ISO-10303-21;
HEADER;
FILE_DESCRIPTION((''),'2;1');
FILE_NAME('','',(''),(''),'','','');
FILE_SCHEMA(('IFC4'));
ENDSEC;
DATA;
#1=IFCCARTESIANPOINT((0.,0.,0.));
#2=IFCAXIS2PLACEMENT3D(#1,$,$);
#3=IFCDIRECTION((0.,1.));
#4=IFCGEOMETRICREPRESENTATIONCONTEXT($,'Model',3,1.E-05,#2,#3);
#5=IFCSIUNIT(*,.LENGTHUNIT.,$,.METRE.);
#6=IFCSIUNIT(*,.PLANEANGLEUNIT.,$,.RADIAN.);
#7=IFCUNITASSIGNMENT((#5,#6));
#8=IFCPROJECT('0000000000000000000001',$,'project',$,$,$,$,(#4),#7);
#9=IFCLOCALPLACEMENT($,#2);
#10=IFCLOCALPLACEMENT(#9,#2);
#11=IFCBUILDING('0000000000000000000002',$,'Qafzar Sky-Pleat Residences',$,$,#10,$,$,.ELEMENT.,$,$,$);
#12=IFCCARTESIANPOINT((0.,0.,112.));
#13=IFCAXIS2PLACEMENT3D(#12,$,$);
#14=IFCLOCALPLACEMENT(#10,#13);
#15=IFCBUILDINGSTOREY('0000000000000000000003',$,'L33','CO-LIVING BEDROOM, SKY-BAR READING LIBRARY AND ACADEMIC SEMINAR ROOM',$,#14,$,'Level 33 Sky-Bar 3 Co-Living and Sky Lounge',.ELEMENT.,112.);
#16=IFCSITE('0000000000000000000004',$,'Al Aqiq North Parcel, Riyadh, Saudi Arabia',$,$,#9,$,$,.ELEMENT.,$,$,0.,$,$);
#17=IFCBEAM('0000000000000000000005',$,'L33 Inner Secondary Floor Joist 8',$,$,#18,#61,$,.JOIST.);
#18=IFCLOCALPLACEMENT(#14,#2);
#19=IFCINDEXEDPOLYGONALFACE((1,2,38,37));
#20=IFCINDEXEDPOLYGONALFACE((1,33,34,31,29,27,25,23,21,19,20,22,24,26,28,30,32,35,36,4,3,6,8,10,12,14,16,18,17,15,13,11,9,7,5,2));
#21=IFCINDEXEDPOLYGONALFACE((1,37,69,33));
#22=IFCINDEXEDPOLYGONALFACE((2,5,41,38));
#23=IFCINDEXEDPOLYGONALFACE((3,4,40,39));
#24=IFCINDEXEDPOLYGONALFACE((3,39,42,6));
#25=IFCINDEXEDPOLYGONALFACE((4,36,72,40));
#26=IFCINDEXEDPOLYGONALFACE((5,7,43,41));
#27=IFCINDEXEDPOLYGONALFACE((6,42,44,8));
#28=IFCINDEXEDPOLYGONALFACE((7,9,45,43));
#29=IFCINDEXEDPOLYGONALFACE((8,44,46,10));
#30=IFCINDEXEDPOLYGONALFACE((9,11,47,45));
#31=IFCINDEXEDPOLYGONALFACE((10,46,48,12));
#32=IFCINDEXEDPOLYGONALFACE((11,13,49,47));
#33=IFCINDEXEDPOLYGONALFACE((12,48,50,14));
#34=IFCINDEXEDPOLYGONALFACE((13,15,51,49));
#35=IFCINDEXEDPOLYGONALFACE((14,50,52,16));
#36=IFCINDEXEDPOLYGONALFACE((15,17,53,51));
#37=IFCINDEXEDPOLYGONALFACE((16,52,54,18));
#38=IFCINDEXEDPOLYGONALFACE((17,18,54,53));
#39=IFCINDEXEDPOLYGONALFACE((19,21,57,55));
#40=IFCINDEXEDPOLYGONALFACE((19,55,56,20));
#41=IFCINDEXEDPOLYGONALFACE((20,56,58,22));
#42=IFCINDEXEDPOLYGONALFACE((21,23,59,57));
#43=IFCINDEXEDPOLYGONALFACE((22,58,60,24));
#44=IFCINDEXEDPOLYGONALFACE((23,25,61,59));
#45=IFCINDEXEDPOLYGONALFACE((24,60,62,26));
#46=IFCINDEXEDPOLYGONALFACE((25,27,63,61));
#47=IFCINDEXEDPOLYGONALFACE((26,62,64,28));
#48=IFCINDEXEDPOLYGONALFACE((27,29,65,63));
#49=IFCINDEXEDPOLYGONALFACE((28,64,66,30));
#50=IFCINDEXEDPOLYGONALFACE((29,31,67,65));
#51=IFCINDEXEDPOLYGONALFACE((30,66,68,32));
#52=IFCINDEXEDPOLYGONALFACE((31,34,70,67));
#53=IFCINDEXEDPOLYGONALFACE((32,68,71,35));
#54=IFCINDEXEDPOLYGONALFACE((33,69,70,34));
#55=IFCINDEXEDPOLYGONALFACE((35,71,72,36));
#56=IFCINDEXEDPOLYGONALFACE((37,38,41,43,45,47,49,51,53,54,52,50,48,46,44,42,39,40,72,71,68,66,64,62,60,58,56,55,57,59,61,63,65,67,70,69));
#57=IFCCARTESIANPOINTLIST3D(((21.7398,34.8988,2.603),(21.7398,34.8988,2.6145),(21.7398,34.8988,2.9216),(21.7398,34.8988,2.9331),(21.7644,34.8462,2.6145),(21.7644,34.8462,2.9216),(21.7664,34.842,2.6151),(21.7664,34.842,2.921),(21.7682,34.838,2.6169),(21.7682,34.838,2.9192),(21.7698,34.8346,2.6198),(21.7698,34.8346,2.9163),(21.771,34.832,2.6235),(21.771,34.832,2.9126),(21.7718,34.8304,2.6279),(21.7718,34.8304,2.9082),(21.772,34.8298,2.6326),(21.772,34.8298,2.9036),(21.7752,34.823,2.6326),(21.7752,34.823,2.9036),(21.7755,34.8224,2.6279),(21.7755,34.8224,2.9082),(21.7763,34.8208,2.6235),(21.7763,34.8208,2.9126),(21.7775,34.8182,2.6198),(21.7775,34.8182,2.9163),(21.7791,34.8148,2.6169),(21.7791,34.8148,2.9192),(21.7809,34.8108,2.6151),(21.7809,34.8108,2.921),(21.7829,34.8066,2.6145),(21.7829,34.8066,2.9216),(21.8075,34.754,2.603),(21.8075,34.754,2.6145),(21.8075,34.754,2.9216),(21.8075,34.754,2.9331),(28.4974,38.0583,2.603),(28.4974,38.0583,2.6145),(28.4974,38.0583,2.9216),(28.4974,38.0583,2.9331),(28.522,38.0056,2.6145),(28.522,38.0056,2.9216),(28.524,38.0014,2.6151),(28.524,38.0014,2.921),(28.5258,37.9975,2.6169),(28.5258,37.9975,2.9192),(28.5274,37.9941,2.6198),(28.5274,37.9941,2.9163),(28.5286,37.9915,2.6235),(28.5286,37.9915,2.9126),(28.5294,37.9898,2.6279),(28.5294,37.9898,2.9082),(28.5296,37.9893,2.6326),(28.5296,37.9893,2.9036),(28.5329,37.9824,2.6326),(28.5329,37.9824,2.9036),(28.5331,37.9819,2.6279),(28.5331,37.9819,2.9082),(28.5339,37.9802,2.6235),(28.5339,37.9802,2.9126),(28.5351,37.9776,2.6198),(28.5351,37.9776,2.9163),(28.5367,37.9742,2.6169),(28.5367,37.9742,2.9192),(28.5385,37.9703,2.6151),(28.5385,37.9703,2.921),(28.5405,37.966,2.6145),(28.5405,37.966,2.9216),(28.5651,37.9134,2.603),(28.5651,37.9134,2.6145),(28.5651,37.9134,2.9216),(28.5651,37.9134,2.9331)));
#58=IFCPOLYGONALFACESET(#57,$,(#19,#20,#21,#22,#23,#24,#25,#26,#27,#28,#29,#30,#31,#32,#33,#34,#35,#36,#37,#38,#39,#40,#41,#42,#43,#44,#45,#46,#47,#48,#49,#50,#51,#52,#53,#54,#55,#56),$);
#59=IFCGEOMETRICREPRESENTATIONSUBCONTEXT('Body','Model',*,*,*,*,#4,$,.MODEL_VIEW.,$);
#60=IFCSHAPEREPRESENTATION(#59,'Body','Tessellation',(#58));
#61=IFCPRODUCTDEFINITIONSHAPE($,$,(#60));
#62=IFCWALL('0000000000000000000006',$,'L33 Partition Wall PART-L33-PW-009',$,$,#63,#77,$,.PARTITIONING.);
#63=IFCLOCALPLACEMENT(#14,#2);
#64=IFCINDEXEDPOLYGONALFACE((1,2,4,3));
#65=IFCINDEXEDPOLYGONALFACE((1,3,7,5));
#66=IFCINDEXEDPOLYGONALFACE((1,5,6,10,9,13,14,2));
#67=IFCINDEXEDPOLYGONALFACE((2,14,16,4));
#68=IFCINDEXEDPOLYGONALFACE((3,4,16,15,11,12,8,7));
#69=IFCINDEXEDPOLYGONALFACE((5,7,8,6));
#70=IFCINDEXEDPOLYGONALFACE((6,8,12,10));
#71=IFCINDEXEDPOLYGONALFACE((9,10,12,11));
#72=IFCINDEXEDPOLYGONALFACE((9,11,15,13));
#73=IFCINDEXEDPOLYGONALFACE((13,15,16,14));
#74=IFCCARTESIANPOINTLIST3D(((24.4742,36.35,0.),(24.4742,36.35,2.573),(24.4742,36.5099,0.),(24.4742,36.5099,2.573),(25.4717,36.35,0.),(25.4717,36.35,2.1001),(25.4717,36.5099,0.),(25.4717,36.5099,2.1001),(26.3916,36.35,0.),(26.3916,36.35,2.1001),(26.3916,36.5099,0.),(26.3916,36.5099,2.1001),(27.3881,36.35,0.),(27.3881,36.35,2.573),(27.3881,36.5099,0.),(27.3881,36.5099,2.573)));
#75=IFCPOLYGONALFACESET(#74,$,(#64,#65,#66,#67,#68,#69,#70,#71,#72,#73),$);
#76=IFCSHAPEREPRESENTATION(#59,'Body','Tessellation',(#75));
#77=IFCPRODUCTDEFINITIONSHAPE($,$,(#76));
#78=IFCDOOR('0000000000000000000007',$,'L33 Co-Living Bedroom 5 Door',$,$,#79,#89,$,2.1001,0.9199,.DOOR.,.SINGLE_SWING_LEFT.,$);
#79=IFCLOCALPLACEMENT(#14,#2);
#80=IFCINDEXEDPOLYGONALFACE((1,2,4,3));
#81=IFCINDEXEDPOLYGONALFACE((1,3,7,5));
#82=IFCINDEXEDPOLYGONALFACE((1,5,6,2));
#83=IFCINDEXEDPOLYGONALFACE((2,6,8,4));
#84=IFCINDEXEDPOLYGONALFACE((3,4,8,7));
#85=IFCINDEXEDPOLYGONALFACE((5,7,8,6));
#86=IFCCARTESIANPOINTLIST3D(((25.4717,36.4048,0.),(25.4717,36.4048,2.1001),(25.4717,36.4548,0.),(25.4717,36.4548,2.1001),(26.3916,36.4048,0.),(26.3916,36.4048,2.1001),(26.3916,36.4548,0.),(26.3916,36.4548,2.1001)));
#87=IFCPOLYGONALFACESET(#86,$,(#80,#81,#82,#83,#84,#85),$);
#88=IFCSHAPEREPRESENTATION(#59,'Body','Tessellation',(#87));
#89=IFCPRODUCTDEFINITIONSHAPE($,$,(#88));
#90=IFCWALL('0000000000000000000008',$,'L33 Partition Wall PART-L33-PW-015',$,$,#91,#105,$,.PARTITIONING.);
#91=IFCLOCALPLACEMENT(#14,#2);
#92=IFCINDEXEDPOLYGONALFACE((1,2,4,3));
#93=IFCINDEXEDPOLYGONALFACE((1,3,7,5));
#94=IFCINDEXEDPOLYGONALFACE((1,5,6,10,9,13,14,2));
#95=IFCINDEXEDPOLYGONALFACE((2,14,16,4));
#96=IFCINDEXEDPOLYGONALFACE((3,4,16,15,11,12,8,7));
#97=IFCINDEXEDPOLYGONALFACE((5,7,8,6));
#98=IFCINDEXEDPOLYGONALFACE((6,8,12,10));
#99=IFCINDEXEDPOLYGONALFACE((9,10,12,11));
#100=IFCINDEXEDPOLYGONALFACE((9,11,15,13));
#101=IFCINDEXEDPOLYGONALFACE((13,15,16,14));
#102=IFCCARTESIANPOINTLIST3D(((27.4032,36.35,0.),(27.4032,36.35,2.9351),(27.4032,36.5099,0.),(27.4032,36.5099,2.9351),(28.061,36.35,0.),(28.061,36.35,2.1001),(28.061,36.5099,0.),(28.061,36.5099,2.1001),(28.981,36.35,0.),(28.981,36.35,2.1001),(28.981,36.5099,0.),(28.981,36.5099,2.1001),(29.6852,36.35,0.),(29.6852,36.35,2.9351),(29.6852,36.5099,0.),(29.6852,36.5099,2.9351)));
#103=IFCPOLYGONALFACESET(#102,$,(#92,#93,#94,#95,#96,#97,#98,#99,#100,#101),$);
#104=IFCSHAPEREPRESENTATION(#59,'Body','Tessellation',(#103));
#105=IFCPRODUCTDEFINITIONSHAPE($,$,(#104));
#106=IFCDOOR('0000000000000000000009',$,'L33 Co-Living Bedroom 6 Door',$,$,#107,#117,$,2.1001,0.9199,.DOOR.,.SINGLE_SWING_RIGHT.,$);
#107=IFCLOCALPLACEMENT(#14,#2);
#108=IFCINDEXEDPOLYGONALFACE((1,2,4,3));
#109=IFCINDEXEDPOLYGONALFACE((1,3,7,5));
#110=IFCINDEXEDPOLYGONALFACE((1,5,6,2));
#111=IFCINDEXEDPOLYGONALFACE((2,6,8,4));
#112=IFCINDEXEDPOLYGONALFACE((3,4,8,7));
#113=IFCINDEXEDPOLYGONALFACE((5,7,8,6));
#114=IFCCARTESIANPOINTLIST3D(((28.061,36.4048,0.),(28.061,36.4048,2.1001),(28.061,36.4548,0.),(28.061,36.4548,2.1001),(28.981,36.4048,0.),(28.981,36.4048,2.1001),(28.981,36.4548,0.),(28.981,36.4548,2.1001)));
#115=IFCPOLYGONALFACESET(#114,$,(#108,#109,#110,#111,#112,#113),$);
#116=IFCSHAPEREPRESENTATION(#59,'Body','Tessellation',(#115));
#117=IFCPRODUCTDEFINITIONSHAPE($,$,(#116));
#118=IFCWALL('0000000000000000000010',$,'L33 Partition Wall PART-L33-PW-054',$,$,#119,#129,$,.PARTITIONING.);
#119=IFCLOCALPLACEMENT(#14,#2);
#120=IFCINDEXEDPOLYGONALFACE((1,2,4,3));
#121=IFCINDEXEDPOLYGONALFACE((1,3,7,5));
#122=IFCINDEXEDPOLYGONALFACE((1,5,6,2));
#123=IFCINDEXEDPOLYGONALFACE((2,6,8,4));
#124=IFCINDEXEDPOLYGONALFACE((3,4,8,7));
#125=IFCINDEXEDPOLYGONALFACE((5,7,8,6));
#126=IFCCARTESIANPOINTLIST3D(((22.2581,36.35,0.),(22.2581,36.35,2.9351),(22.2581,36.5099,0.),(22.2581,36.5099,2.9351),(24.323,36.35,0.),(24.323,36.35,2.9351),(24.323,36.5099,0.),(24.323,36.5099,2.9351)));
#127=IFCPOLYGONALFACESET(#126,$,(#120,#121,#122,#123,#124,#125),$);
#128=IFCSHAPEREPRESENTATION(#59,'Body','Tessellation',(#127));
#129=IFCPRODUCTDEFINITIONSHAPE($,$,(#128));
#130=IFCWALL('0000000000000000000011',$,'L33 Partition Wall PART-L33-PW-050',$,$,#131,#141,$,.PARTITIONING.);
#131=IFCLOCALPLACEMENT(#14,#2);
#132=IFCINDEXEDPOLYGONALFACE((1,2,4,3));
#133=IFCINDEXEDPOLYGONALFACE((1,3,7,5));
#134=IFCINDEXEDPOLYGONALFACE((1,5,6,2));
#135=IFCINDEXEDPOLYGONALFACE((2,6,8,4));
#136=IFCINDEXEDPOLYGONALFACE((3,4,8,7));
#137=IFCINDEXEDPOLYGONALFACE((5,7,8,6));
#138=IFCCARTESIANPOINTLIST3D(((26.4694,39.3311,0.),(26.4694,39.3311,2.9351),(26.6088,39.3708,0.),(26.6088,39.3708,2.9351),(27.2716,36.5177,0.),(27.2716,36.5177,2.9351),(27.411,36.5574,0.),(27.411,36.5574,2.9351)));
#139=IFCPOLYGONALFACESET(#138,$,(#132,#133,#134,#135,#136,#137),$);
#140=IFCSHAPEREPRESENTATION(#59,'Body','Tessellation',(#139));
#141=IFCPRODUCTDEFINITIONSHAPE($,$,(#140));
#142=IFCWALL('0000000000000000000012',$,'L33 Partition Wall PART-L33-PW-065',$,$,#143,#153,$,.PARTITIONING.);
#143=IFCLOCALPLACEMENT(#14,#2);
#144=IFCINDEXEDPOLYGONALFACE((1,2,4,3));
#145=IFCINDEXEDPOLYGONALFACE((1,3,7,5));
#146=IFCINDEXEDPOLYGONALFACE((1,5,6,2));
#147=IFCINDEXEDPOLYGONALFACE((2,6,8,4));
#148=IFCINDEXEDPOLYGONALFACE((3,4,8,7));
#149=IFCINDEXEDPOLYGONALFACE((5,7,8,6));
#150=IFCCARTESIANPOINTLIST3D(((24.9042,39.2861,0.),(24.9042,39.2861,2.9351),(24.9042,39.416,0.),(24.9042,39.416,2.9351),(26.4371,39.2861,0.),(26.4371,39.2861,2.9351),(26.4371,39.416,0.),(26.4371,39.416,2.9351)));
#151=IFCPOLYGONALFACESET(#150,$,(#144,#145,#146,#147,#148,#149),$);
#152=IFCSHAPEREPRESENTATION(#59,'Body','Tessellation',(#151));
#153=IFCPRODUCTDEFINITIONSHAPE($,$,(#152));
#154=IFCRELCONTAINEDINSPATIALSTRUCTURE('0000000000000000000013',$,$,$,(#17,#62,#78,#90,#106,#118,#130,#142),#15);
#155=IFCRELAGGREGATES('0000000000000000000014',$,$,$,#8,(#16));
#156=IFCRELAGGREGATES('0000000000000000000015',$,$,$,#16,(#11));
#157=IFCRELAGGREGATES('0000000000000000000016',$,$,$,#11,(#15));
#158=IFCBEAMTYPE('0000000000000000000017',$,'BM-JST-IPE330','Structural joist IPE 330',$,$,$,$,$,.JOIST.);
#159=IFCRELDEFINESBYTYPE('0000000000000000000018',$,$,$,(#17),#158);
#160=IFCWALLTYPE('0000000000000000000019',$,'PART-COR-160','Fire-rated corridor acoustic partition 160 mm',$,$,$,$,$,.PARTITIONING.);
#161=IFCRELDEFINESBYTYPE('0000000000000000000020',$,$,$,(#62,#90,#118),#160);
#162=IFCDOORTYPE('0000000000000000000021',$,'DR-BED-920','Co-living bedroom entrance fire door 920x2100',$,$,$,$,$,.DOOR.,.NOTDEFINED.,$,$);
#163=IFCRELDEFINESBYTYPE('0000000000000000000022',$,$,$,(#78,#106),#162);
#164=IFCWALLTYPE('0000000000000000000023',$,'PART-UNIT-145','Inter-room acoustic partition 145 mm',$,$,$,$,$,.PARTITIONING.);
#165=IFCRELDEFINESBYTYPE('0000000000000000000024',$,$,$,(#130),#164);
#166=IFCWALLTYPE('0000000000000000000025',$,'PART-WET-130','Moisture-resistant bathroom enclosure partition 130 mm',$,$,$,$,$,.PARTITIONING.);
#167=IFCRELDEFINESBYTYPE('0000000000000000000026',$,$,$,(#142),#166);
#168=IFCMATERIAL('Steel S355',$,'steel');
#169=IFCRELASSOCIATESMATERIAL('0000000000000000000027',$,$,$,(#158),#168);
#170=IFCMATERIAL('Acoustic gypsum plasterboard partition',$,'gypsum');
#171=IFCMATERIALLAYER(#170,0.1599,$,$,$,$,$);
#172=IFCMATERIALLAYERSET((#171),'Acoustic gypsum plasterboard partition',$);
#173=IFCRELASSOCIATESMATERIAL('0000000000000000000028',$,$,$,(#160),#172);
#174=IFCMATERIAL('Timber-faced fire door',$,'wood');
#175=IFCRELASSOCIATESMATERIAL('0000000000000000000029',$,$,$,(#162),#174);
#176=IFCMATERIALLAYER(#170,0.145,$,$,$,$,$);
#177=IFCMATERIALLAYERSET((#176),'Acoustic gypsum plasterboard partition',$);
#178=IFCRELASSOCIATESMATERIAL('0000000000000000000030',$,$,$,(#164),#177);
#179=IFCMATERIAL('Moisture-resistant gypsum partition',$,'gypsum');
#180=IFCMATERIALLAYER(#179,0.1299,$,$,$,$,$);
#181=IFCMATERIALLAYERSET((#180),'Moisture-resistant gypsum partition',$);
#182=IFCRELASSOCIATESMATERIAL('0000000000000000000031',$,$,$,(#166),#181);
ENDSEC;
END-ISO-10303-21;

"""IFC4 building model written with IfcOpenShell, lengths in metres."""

from ifc_helpers import new_model, si_unit, direction, frame, frame_2d, origin, origin_2d, place, context, subcontext, project, spatial, rectangle, i_section, extrude, source, transform, mapped, material, layer, layer_set, material_profile, profile_set, type_object, element, fill, save


model = new_model("IFC4")

# Units and contexts
model_context = context("Model", 3, precision=1e-05, world=origin(), true_north=direction((0.0, 1.0)))
body_context = subcontext(model_context, "Body", "Model", "MODEL_VIEW")
ifc_project = project(units=[si_unit("LENGTHUNIT", "METRE"), si_unit("PLANEANGLEUNIT", "RADIAN")], contexts=[model_context])

# Site, building, storey
site_placement = place(None, origin())
site = spatial("IfcSite", under=ifc_project, at=site_placement, Name="Al Aqiq North Parcel, Riyadh, Saudi Arabia", CompositionType="ELEMENT", RefElevation=0.0)
building_placement = place(site_placement, origin())
building = spatial("IfcBuilding", under=site, at=building_placement, Name="Qafzar Sky-Pleat Residences", CompositionType="ELEMENT")
storey_placement = place(building_placement, frame((0.0, 0.0, 112.0)))
storey = spatial("IfcBuildingStorey", under=building, at=storey_placement, Name="L33", Description="CO-LIVING BEDROOM, SKY-BAR READING LIBRARY AND ACADEMIC SEMINAR ROOM", LongName="Level 33 Sky-Bar 3 Co-Living and Sky Lounge", CompositionType="ELEMENT", Elevation=112.0)

# Beam
ifc_material_1 = material(Name="Steel S355", Category="steel")
ifc_material_profile = material_profile(ifc_material_1, i_section(OverallWidth=0.1599, OverallDepth=0.3301, WebThickness=0.0076, FlangeThickness=0.0115, FilletRadius=0.0181, at=origin_2d()), Name="IPE 330")
ifc_profile_set = profile_set([ifc_material_profile], Name="Steel S355")
beam_type = type_object("IfcBeamType", Name="BM-JST-IPE330", Description="Structural joist IPE 330", PredefinedType="JOIST", material=ifc_profile_set)
shared_shape_1 = source(origin(), body_context, "Body", "SweptSolid", [
    extrude(i_section(OverallWidth=0.1599, OverallDepth=0.3301, WebThickness=0.0076, FlangeThickness=0.0115, FilletRadius=0.0181, at=origin_2d()), origin(), (0.0, 0.0, 1.0), 7.4597),
])
beam_placement = place(storey_placement, frame((28.5312, 37.9858, 2.7681), z_axis=(-0.90588, -0.423534, 0.0), x_axis=(0.423534, -0.90588, 0.0)))
element("IfcBeam", 1, at=beam_placement, inside=storey, type_object=beam_type, Name="L33 Inner Secondary Floor Joist 8", PredefinedType="JOIST", context=body_context, shape_type="MappedRepresentation", body=[
    mapped(shared_shape_1, transform((0.0, 0.0, 0.0), x_axis=(1.0, 0.0, 0.0), y_axis=(0.0, 1.0, 0.0), z_axis=(0.0, 0.0, 1.0), scale=1.0)),
])

# Walls, openings, doors
ifc_material_2 = material(Name="Acoustic gypsum plasterboard partition", Category="gypsum")
ifc_layer_1 = layer(ifc_material_2, 0.1599)
ifc_layer_set_1 = layer_set([ifc_layer_1], Name="Acoustic gypsum plasterboard partition")
wall_type_1 = type_object("IfcWallType", Name="PART-COR-160", Description="Fire-rated corridor acoustic partition 160 mm", PredefinedType="PARTITIONING", material=ifc_layer_set_1)
wall_1_placement = place(storey_placement, frame((24.4741, 36.4299, 0.0), z_axis=(0.0, 0.0, 1.0), x_axis=(1.0, 0.0, 0.0)))
wall_1 = element("IfcWall", 2, at=wall_1_placement, inside=storey, type_object=wall_type_1, Name="L33 Partition Wall PART-L33-PW-009", PredefinedType="PARTITIONING", context=body_context, shape_type="SweptSolid", body=[
    extrude(rectangle(XDim=2.9138, YDim=0.1599, at=frame_2d((1.457, 0.0))), origin(), (0.0, 0.0, 1.0), 2.573),
])
opening_1_placement = place(wall_1_placement, frame((0.9976, 0.0, 0.0)))
opening_1 = element("IfcOpeningElement", 3, at=opening_1_placement, cuts=wall_1, PredefinedType="OPENING", context=body_context, shape_type="SweptSolid", body=[
    extrude(rectangle(XDim=0.9199, YDim=2.1001, at=frame_2d((0.46, 1.05))), frame((0.0, 0.0898, 0.0), z_axis=(0.0, -1.0, 0.0), x_axis=(1.0, 0.0, 0.0)), (0.0, 0.0, 1.0), 0.1799),
])
ifc_material_3 = material(Name="Timber-faced fire door", Category="wood")
door_type_1 = type_object("IfcDoorType", Name="DR-BED-920", Description="Co-living bedroom entrance fire door 920x2100", OperationType="NOTDEFINED", PredefinedType="DOOR", material=ifc_material_3)
shared_shape_2 = source(origin(), body_context, "Body", "SweptSolid", [
    extrude(rectangle(XDim=0.9199, YDim=2.1001, at=frame_2d((0.46, 1.05))), frame((0.0, 0.0249, 0.0), z_axis=(0.0, -1.0, 0.0), x_axis=(1.0, 0.0, 0.0)), (0.0, 0.0, 1.0), 0.05),
])
door_1_placement = place(opening_1_placement, origin())
door_1 = element("IfcDoor", 4, at=door_1_placement, inside=storey, type_object=door_type_1, Name="L33 Co-Living Bedroom 5 Door", OperationType="SINGLE_SWING_LEFT", OverallHeight=2.1001, OverallWidth=0.9199, PredefinedType="DOOR", context=body_context, shape_type="MappedRepresentation", body=[
    mapped(shared_shape_2, transform((0.0, 0.0, 0.0), x_axis=(1.0, 0.0, 0.0), y_axis=(0.0, 1.0, 0.0), z_axis=(0.0, 0.0, 1.0), scale=1.0)),
])
fill(opening_1, door_1)
wall_2_placement = place(storey_placement, frame((27.4031, 36.4299, 0.0), z_axis=(0.0, 0.0, 1.0), x_axis=(1.0, 0.0, 0.0)))
wall_2 = element("IfcWall", 5, at=wall_2_placement, inside=storey, type_object=wall_type_1, Name="L33 Partition Wall PART-L33-PW-015", PredefinedType="PARTITIONING", context=body_context, shape_type="SweptSolid", body=[
    extrude(rectangle(XDim=2.282, YDim=0.1599, at=frame_2d((1.1411, 0.0))), origin(), (0.0, 0.0, 1.0), 2.9351),
])
opening_2_placement = place(wall_2_placement, frame((0.658, 0.0, 0.0)))
opening_2 = element("IfcOpeningElement", 6, at=opening_2_placement, cuts=wall_2, PredefinedType="OPENING", context=body_context, shape_type="SweptSolid", body=[
    extrude(rectangle(XDim=0.9199, YDim=2.1001, at=frame_2d((0.46, 1.05))), frame((0.0, 0.0898, 0.0), z_axis=(0.0, -1.0, 0.0), x_axis=(1.0, 0.0, 0.0)), (0.0, 0.0, 1.0), 0.1799),
])
door_2_placement = place(opening_2_placement, origin())
door_2 = element("IfcDoor", 7, at=door_2_placement, inside=storey, type_object=door_type_1, Name="L33 Co-Living Bedroom 6 Door", OperationType="SINGLE_SWING_RIGHT", OverallHeight=2.1001, OverallWidth=0.9199, PredefinedType="DOOR", context=body_context, shape_type="MappedRepresentation", body=[
    mapped(shared_shape_2, transform((0.0, 0.0, 0.0), x_axis=(1.0, 0.0, 0.0), y_axis=(0.0, 1.0, 0.0), z_axis=(0.0, 0.0, 1.0), scale=1.0)),
])
fill(opening_2, door_2)

# Walls
wall_3_placement = place(storey_placement, frame((22.2581, 36.4299, 0.0), z_axis=(0.0, 0.0, 1.0), x_axis=(1.0, 0.0, 0.0)))
element("IfcWall", 8, at=wall_3_placement, inside=storey, type_object=wall_type_1, Name="L33 Partition Wall PART-L33-PW-054", PredefinedType="PARTITIONING", context=body_context, shape_type="SweptSolid", body=[
    extrude(rectangle(XDim=2.0649, YDim=0.1599, at=frame_2d((1.0325, 0.0))), origin(), (0.0, 0.0, 1.0), 2.9351),
])
ifc_layer_2 = layer(ifc_material_2, 0.145)
ifc_layer_set_2 = layer_set([ifc_layer_2], Name="Acoustic gypsum plasterboard partition")
wall_type_2 = type_object("IfcWallType", Name="PART-UNIT-145", Description="Inter-room acoustic partition 145 mm", PredefinedType="PARTITIONING", material=ifc_layer_set_2)
wall_4_placement = place(storey_placement, frame((26.5391, 39.3511, 0.0), z_axis=(0.0, 0.0, 1.0), x_axis=(0.274214, -0.961669, 0.0)))
element("IfcWall", 9, at=wall_4_placement, inside=storey, type_object=wall_type_2, Name="L33 Partition Wall PART-L33-PW-050", PredefinedType="PARTITIONING", context=body_context, shape_type="SweptSolid", body=[
    extrude(rectangle(XDim=2.9255, YDim=0.145, at=frame_2d((1.4629, 0.0))), origin(), (0.0, 0.0, 1.0), 2.9351),
])
ifc_material_4 = material(Name="Moisture-resistant gypsum partition", Category="gypsum")
ifc_layer_3 = layer(ifc_material_4, 0.1299)
ifc_layer_set_3 = layer_set([ifc_layer_3], Name="Moisture-resistant gypsum partition")
wall_type_3 = type_object("IfcWallType", Name="PART-WET-130", Description="Moisture-resistant bathroom enclosure partition 130 mm", PredefinedType="PARTITIONING", material=ifc_layer_set_3)
wall_5_placement = place(storey_placement, frame((24.9041, 39.3511, 0.0), z_axis=(0.0, 0.0, 1.0), x_axis=(1.0, 0.0, 0.0)))
element("IfcWall", 10, at=wall_5_placement, inside=storey, type_object=wall_type_3, Name="L33 Partition Wall PART-L33-PW-065", PredefinedType="PARTITIONING", context=body_context, shape_type="SweptSolid", body=[
    extrude(rectangle(XDim=1.533, YDim=0.1299, at=frame_2d((0.7666, 0.0))), origin(), (0.0, 0.0, 1.0), 2.9351),
])

save(model, "model.ifc")
